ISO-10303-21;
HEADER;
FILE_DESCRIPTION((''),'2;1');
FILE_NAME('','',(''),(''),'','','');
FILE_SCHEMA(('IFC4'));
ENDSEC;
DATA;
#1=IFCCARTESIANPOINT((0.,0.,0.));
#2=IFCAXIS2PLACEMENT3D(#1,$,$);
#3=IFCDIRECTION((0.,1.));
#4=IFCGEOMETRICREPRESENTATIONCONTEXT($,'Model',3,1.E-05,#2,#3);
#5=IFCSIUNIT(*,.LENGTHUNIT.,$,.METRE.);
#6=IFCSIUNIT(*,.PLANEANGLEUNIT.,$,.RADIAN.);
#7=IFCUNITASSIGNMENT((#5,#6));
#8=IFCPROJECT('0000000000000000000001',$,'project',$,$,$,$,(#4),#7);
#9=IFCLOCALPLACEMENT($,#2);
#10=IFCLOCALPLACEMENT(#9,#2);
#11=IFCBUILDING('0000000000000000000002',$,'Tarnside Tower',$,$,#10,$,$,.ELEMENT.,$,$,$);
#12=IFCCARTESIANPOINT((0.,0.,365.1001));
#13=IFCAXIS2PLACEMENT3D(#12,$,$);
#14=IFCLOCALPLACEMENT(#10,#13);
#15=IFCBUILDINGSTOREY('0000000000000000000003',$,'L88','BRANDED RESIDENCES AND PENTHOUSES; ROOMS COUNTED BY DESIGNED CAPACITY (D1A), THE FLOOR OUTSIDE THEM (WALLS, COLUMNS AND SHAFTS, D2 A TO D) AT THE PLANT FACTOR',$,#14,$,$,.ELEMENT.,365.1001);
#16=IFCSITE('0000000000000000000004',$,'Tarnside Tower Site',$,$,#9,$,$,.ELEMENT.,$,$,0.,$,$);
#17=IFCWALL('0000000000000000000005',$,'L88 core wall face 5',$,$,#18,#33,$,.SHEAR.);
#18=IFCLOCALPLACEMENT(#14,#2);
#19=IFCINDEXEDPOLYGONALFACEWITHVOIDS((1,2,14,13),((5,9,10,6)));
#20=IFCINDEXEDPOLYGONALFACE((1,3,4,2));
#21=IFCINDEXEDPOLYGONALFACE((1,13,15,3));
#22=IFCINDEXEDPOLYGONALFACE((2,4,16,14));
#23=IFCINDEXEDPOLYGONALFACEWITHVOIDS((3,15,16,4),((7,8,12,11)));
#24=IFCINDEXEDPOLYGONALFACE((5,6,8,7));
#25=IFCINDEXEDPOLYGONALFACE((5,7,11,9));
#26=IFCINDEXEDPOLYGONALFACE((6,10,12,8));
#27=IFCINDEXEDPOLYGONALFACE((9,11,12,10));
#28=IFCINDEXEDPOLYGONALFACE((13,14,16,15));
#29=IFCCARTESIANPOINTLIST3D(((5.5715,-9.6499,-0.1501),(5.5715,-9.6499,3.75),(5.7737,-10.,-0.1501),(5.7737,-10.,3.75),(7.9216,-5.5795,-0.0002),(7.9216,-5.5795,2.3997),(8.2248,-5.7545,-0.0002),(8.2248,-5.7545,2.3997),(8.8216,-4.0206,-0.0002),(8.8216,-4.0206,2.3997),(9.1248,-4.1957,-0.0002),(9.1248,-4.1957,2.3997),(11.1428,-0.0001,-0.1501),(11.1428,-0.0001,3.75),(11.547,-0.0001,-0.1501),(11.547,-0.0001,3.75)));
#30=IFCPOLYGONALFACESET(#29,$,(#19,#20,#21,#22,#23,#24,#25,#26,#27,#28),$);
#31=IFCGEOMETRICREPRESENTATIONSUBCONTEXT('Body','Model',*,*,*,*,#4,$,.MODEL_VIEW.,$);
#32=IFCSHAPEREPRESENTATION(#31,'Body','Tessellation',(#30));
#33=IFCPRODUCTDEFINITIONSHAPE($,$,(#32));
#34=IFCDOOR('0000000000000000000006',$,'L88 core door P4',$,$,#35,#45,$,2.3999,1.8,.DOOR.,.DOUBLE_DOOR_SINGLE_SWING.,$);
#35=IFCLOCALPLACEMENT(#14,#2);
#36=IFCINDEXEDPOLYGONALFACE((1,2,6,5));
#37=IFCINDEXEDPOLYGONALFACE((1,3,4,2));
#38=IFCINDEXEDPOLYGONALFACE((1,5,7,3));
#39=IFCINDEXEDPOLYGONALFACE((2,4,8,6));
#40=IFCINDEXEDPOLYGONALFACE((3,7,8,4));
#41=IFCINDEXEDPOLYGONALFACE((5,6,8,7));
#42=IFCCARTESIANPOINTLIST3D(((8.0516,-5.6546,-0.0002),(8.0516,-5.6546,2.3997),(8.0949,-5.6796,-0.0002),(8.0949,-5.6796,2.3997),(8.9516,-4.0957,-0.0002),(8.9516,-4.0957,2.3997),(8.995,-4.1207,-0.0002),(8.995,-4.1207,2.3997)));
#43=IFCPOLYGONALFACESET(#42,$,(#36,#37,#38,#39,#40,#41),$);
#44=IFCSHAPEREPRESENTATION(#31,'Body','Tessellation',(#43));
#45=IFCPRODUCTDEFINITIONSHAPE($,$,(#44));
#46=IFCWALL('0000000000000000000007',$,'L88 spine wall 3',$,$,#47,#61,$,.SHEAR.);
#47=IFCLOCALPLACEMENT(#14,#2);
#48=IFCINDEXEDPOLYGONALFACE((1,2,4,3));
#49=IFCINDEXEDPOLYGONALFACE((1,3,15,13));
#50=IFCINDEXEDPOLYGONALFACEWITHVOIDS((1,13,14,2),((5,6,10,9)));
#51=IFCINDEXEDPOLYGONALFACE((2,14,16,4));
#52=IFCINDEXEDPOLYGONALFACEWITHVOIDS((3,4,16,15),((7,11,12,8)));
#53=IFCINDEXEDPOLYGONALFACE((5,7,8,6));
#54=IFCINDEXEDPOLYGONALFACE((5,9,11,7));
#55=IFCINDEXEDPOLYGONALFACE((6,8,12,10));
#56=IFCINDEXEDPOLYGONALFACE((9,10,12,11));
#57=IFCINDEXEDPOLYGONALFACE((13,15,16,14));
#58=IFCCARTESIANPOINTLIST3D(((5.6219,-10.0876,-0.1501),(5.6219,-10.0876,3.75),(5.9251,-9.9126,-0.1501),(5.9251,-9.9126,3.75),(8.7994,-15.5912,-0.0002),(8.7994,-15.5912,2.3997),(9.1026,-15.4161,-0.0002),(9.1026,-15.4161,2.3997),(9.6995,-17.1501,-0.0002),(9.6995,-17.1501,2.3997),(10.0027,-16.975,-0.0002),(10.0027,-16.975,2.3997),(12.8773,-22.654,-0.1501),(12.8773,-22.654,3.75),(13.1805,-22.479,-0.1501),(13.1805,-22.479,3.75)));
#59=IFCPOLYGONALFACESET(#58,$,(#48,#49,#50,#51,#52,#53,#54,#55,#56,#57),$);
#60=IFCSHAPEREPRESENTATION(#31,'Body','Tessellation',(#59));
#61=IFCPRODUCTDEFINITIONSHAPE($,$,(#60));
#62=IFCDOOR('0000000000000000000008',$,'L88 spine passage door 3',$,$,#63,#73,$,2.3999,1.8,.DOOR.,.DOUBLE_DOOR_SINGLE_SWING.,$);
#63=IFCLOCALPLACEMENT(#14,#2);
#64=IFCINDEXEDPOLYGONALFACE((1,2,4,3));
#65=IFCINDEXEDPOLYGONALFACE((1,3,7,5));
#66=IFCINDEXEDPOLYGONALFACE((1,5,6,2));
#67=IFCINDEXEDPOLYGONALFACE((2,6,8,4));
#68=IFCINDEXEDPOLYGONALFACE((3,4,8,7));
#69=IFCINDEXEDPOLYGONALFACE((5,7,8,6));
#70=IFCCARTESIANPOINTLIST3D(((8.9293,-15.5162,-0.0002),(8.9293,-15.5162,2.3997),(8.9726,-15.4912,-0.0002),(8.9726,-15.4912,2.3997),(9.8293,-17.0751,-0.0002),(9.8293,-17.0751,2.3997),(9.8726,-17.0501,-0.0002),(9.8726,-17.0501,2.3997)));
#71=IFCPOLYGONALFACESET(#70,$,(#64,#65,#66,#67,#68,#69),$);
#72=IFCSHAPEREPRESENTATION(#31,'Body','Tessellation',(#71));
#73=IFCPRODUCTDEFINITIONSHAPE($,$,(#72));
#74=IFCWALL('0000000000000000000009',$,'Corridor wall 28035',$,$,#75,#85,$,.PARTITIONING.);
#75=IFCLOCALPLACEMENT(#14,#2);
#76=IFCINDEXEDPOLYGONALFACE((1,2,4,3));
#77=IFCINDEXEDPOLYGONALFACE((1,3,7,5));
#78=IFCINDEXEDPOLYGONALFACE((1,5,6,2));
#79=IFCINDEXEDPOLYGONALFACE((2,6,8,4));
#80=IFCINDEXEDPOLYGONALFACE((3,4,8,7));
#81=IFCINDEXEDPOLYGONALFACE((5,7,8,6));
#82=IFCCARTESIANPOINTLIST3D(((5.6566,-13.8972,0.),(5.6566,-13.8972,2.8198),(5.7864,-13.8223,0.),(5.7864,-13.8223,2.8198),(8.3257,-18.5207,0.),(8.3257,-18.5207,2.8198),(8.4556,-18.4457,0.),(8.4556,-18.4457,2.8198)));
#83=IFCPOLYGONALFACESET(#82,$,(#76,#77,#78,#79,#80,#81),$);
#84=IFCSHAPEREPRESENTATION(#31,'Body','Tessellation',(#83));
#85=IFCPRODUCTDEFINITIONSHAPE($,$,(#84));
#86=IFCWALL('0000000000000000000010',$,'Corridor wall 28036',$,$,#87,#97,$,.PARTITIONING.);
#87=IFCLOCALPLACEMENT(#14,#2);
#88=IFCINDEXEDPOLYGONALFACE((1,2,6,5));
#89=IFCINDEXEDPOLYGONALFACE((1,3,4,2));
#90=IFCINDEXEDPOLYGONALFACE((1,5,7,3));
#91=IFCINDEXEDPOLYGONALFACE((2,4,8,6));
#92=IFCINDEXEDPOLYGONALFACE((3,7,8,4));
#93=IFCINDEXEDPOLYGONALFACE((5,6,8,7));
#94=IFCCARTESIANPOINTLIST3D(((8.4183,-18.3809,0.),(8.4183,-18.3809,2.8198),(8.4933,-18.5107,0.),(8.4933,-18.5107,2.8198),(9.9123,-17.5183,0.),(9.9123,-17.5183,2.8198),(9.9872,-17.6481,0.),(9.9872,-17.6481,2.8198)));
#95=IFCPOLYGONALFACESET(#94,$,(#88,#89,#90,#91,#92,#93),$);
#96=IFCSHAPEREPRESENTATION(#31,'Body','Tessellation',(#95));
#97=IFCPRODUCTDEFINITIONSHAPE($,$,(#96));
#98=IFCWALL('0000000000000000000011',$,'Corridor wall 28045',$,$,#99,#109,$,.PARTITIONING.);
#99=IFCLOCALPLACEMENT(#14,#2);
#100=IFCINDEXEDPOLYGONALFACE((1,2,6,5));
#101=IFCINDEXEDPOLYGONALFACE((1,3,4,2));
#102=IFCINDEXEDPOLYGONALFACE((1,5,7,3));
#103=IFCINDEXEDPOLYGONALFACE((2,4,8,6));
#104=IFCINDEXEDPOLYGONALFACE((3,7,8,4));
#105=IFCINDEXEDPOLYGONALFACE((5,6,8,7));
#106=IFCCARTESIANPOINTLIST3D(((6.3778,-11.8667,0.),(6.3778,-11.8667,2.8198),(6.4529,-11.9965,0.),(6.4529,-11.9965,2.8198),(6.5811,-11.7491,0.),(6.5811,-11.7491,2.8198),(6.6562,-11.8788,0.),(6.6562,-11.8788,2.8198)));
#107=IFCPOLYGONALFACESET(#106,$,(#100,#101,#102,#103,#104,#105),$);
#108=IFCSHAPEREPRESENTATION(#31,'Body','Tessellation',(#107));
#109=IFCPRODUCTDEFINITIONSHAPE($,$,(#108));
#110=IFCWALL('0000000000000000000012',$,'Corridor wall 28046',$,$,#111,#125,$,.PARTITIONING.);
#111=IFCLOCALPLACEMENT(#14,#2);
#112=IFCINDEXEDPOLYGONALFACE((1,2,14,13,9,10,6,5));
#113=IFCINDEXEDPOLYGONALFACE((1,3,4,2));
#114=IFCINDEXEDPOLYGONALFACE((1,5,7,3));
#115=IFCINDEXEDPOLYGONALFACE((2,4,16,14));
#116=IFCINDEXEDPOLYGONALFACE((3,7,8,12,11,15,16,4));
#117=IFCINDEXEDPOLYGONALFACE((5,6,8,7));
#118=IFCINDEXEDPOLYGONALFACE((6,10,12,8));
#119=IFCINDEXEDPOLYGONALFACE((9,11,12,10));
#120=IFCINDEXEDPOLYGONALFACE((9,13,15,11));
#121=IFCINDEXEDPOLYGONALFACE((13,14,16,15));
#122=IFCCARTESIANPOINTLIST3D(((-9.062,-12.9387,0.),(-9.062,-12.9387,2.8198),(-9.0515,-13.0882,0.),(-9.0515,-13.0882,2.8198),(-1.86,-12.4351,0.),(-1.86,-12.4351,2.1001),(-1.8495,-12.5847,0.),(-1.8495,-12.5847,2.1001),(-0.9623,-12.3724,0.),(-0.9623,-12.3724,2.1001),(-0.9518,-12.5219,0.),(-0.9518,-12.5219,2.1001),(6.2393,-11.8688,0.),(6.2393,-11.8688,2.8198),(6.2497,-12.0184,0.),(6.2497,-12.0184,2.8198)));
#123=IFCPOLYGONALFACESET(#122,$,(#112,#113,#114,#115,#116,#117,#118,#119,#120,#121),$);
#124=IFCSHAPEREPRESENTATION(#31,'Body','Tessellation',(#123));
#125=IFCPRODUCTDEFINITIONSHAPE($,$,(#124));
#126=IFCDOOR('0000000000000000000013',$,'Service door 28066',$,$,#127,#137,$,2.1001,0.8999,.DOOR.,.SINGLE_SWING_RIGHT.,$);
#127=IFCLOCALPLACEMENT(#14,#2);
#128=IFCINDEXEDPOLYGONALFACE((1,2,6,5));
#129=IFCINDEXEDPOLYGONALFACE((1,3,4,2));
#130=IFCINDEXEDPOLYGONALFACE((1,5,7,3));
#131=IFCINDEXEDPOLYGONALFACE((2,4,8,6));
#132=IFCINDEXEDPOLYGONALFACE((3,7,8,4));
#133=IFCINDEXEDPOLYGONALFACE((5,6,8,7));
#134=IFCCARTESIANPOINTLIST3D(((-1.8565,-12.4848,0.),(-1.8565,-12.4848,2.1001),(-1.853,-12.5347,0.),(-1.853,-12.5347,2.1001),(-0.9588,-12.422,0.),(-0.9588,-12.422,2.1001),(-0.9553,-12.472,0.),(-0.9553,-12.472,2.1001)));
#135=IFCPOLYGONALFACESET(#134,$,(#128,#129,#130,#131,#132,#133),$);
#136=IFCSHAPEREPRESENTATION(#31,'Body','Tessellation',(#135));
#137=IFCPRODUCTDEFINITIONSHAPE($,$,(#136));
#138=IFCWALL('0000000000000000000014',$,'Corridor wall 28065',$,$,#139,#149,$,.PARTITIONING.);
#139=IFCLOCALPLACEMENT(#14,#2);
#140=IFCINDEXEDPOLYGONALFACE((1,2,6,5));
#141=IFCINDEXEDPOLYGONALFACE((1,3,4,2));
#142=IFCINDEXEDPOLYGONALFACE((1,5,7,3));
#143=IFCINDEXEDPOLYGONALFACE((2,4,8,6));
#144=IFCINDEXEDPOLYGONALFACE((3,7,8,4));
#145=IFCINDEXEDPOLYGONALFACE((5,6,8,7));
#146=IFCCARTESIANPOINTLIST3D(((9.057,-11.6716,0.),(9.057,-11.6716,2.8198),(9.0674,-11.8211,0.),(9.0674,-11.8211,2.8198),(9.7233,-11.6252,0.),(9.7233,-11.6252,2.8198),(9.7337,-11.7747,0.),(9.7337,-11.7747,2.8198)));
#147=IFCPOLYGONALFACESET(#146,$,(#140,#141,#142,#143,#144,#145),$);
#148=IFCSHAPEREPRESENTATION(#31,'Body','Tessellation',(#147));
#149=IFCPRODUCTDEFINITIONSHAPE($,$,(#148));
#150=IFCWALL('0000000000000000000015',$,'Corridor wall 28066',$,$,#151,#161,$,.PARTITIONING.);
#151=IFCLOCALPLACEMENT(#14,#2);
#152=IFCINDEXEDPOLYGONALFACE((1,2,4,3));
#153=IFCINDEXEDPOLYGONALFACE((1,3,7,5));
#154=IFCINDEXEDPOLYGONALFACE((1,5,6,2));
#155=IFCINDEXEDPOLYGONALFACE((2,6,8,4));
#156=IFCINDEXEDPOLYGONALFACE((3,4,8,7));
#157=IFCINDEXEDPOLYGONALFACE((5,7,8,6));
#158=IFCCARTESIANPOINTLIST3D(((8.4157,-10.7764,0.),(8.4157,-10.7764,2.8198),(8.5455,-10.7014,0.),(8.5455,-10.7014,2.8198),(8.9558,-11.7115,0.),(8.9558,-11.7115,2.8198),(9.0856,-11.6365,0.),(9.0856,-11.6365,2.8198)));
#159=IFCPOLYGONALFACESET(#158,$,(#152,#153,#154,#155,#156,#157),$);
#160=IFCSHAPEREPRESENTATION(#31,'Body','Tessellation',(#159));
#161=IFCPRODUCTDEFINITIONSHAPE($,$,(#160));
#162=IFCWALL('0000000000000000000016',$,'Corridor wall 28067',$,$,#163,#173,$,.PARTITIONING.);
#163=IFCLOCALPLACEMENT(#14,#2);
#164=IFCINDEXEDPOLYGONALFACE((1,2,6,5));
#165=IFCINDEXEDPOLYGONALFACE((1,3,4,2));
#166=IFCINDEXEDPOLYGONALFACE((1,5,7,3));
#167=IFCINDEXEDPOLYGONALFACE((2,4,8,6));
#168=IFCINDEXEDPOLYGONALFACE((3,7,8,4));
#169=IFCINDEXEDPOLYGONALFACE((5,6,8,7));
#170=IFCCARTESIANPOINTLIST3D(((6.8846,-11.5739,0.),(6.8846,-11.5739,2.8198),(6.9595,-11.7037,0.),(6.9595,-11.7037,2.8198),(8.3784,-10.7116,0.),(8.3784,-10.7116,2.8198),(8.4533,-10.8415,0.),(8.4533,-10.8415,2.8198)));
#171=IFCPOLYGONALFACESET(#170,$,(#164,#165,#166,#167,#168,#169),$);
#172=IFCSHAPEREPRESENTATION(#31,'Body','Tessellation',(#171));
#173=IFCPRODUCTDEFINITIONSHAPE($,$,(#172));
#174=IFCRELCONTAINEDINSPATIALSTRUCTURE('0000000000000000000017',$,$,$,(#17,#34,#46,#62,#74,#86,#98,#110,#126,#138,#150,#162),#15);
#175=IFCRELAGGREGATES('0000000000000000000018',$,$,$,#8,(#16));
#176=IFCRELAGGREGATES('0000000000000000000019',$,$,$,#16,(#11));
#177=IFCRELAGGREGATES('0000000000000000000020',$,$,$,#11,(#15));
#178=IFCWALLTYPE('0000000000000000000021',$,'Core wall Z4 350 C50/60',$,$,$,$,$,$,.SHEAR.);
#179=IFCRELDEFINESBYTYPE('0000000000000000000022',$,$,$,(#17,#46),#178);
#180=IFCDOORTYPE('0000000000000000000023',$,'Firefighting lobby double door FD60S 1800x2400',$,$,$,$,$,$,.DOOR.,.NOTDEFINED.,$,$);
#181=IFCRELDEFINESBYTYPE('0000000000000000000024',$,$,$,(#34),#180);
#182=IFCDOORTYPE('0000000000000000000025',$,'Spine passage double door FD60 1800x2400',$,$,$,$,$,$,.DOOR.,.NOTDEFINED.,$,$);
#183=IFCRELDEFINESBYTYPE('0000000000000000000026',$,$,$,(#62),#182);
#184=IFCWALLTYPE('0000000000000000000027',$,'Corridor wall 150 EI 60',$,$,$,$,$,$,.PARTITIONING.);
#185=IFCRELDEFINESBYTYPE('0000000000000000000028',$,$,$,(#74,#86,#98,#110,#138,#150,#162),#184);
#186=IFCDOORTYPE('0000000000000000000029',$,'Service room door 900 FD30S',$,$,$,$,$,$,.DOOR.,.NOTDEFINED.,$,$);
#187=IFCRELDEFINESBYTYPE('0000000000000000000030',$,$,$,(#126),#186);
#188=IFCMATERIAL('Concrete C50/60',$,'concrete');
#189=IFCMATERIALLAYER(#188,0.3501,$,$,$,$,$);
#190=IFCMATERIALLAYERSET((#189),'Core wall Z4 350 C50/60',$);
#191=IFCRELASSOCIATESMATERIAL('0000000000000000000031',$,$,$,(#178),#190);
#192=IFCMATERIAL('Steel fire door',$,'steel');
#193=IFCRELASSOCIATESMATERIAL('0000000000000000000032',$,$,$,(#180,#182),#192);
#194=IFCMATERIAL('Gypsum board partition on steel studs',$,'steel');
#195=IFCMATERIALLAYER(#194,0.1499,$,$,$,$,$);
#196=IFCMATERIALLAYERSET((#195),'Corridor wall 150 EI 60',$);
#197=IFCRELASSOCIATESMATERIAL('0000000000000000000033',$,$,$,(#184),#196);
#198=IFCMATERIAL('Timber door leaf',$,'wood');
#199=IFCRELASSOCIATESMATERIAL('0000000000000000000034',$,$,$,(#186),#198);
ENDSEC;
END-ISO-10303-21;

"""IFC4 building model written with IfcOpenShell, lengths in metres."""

from ifc_helpers import new_model, si_unit, direction, frame, frame_2d, origin, place, context, subcontext, project, spatial, polyline, rectangle, outline, extrude, material, layer, layer_set, type_object, element, fill, save


model = new_model("IFC4")

# Units and contexts
model_context = context("Model", 3, precision=1e-05, world=origin(), true_north=direction((0.0, 1.0)))
body_context = subcontext(model_context, "Body", "Model", "MODEL_VIEW")
ifc_project = project(units=[si_unit("LENGTHUNIT", "METRE"), si_unit("PLANEANGLEUNIT", "RADIAN")], contexts=[model_context])

# Site, building, storey
site_placement = place(None, origin())
site = spatial("IfcSite", under=ifc_project, at=site_placement, Name="Tarnside Tower Site", CompositionType="ELEMENT", RefElevation=0.0)
building_placement = place(site_placement, origin())
building = spatial("IfcBuilding", under=site, at=building_placement, Name="Tarnside Tower", CompositionType="ELEMENT")
storey_placement = place(building_placement, frame((0.0, 0.0, 365.1001)))
storey = spatial("IfcBuildingStorey", under=building, at=storey_placement, Name="L88", Description="BRANDED RESIDENCES AND PENTHOUSES; ROOMS COUNTED BY DESIGNED CAPACITY (D1A), THE FLOOR OUTSIDE THEM (WALLS, COLUMNS AND SHAFTS, D2 A TO D) AT THE PLANT FACTOR", CompositionType="ELEMENT", Elevation=365.1001)

# Shared definitions
ifc_material_1 = material(Name="Gypsum board partition on steel studs", Category="steel")

# Walls, openings, doors
ifc_material_2 = material(Name="Concrete C50/60", Category="concrete")
ifc_layer_1 = layer(ifc_material_2, 0.3501)
ifc_layer_set_1 = layer_set([ifc_layer_1], Name="Core wall Z4 350 C50/60")
wall_type_1 = type_object("IfcWallType", Name="Core wall Z4 350 C50/60", PredefinedType="SHEAR", material=ifc_layer_set_1)
wall_1_placement = place(storey_placement, frame((5.6726, -9.825, -0.1501), z_axis=(0.0, 0.0, 1.0), x_axis=(0.499995, 0.866028, 0.0)))
wall_1 = element("IfcWall", 1, at=wall_1_placement, inside=storey, type_object=wall_type_1, Name="L88 core wall face 5", PredefinedType="SHEAR", context=body_context, shape_type="SweptSolid", body=[
    extrude(outline(polyline([(-0.1011, -0.175), (11.4458, -0.175), (11.2437, 0.175), (0.1011, 0.175), (-0.1011, -0.175)])), origin(), (0.0, 0.0, 1.0), 3.9001),
])
opening_1_placement = place(wall_1_placement, frame((4.8013, 0.0, 0.1499)))
opening_1 = element("IfcOpeningElement", 2, at=opening_1_placement, cuts=wall_1, PredefinedType="OPENING", context=body_context, shape_type="SweptSolid", body=[
    extrude(rectangle(XDim=1.8, YDim=2.3999, at=frame_2d((0.8999, 1.2))), frame((0.0, 0.1851, 0.0), z_axis=(0.0, -1.0, 0.0), x_axis=(1.0, 0.0, 0.0)), (0.0, 0.0, 1.0), 0.3701),
])
ifc_material_3 = material(Name="Steel fire door", Category="steel")
door_type_1 = type_object("IfcDoorType", Name="Firefighting lobby double door FD60S 1800x2400", OperationType="NOTDEFINED", PredefinedType="DOOR", material=ifc_material_3)
door_1_placement = place(opening_1_placement, origin())
door_1 = element("IfcDoor", 3, at=door_1_placement, inside=storey, type_object=door_type_1, Name="L88 core door P4", OperationType="DOUBLE_DOOR_SINGLE_SWING", OverallHeight=2.3999, OverallWidth=1.8, PredefinedType="DOOR", context=body_context, shape_type="SweptSolid", body=[
    extrude(rectangle(XDim=1.8, YDim=2.3999, at=frame_2d((0.8999, 1.2))), frame((0.0, 0.0249, 0.0), z_axis=(0.0, -1.0, 0.0), x_axis=(1.0, 0.0, 0.0)), (0.0, 0.0, 1.0), 0.05),
])
fill(opening_1, door_1)
wall_2_placement = place(storey_placement, frame((5.7734, -10.0, -0.1501), z_axis=(0.0, 0.0, 1.0), x_axis=(0.500008, -0.866021, 0.0)))
wall_2 = element("IfcWall", 4, at=wall_2_placement, inside=storey, type_object=wall_type_1, Name="L88 spine wall 3", PredefinedType="SHEAR", context=body_context, shape_type="SweptSolid", body=[
    extrude(rectangle(XDim=14.5105, YDim=0.3501, at=frame_2d((7.2554, 0.0))), origin(), (0.0, 0.0, 1.0), 3.9001),
])
opening_2_placement = place(wall_2_placement, frame((6.3552, 0.0, 0.1499)))
opening_2 = element("IfcOpeningElement", 5, at=opening_2_placement, cuts=wall_2, PredefinedType="OPENING", context=body_context, shape_type="SweptSolid", body=[
    extrude(rectangle(XDim=1.8, YDim=2.3999, at=frame_2d((0.8999, 1.2))), frame((0.0, 0.1851, 0.0), z_axis=(0.0, -1.0, 0.0), x_axis=(1.0, 0.0, 0.0)), (0.0, 0.0, 1.0), 0.3701),
])
door_type_2 = type_object("IfcDoorType", Name="Spine passage double door FD60 1800x2400", OperationType="NOTDEFINED", PredefinedType="DOOR", material=ifc_material_3)
door_2_placement = place(opening_2_placement, origin())
door_2 = element("IfcDoor", 6, at=door_2_placement, inside=storey, type_object=door_type_2, Name="L88 spine passage door 3", OperationType="DOUBLE_DOOR_SINGLE_SWING", OverallHeight=2.3999, OverallWidth=1.8, PredefinedType="DOOR", context=body_context, shape_type="SweptSolid", body=[
    extrude(rectangle(XDim=1.8, YDim=2.3999, at=frame_2d((0.8999, 1.2))), frame((0.0, 0.0249, 0.0), z_axis=(0.0, -1.0, 0.0), x_axis=(1.0, 0.0, 0.0)), (0.0, 0.0, 1.0), 0.05),
])
fill(opening_2, door_2)

# Walls
ifc_layer_2 = layer(ifc_material_1, 0.1499)
ifc_layer_set_2 = layer_set([ifc_layer_2], Name="Corridor wall 150 EI 60")
wall_type_2 = type_object("IfcWallType", Name="Corridor wall 150 EI 60", PredefinedType="PARTITIONING", material=ifc_layer_set_2)
wall_3_placement = place(storey_placement, frame((5.7214, -13.8596, 0.0), z_axis=(0.0, 0.0, 1.0), x_axis=(0.499971, -0.866042, 0.0)))
element("IfcWall", 7, at=wall_3_placement, inside=storey, type_object=wall_type_2, Name="Corridor wall 28035", PredefinedType="PARTITIONING", context=body_context, shape_type="SweptSolid", body=[
    extrude(rectangle(XDim=5.3386, YDim=0.1499, at=frame_2d((2.6694, 0.0))), origin(), (0.0, 0.0, 1.0), 2.8198),
])
wall_4_placement = place(storey_placement, frame((8.4558, -18.4458, 0.0), z_axis=(0.0, 0.0, 1.0), x_axis=(0.866014, 0.500021, 0.0)))
element("IfcWall", 8, at=wall_4_placement, inside=storey, type_object=wall_type_2, Name="Corridor wall 28036", PredefinedType="PARTITIONING", context=body_context, shape_type="SweptSolid", body=[
    extrude(rectangle(XDim=1.7251, YDim=0.1499, at=frame_2d((0.8625, 0.0))), origin(), (0.0, 0.0, 1.0), 2.8198),
])
wall_5_placement = place(storey_placement, frame((6.6187, -11.814, 0.0), z_axis=(0.0, 0.0, 1.0), x_axis=(-0.865545, -0.500831, 0.0)))
element("IfcWall", 9, at=wall_5_placement, inside=storey, type_object=wall_type_2, Name="Corridor wall 28045", PredefinedType="PARTITIONING", context=body_context, shape_type="SweptSolid", body=[
    extrude(rectangle(XDim=0.2349, YDim=0.1499, at=frame_2d((0.1174, 0.0))), origin(), (0.0, 0.0, 1.0), 2.8198),
])

# Wall, opening, door
wall_6_placement = place(storey_placement, frame((6.2446, -11.9436, 0.0), z_axis=(0.0, 0.0, 1.0), x_axis=(-0.997565, -0.069747, 0.0)))
wall_6 = element("IfcWall", 10, at=wall_6_placement, inside=storey, type_object=wall_type_2, Name="Corridor wall 28046", PredefinedType="PARTITIONING", context=body_context, shape_type="SweptSolid", body=[
    extrude(rectangle(XDim=15.3386, YDim=0.1499, at=frame_2d((7.6694, 0.0))), origin(), (0.0, 0.0, 1.0), 2.8198),
])
opening_3_placement = place(wall_6_placement, frame((7.2192, 0.0, 0.0)))
opening_3 = element("IfcOpeningElement", 11, at=opening_3_placement, cuts=wall_6, PredefinedType="OPENING", context=body_context, shape_type="SweptSolid", body=[
    extrude(rectangle(XDim=0.8999, YDim=2.1001, at=frame_2d((0.45, 1.05))), frame((0.0, 0.085, 0.0), z_axis=(0.0, -1.0, 0.0), x_axis=(1.0, 0.0, 0.0)), (0.0, 0.0, 1.0), 0.1699),
])
ifc_material_4 = material(Name="Timber door leaf", Category="wood")
door_type_3 = type_object("IfcDoorType", Name="Service room door 900 FD30S", OperationType="NOTDEFINED", PredefinedType="DOOR", material=ifc_material_4)
door_3_placement = place(opening_3_placement, origin())
door_3 = element("IfcDoor", 12, at=door_3_placement, inside=storey, type_object=door_type_3, Name="Service door 28066", OperationType="SINGLE_SWING_RIGHT", OverallHeight=2.1001, OverallWidth=0.8999, PredefinedType="DOOR", context=body_context, shape_type="SweptSolid", body=[
    extrude(rectangle(XDim=0.8999, YDim=2.1001, at=frame_2d((0.45, 1.05))), frame((0.0, 0.0249, 0.0), z_axis=(0.0, -1.0, 0.0), x_axis=(1.0, 0.0, 0.0)), (0.0, 0.0, 1.0), 0.05),
])
fill(opening_3, door_3)

# Walls
wall_7_placement = place(storey_placement, frame((9.7285, -11.7, 0.0), z_axis=(0.0, 0.0, 1.0), x_axis=(-0.997585, -0.069454, 0.0)))
element("IfcWall", 13, at=wall_7_placement, inside=storey, type_object=wall_type_2, Name="Corridor wall 28065", PredefinedType="PARTITIONING", context=body_context, shape_type="SweptSolid", body=[
    extrude(rectangle(XDim=0.668, YDim=0.1499, at=frame_2d((0.334, 0.0))), origin(), (0.0, 0.0, 1.0), 2.8198),
])
wall_8_placement = place(storey_placement, frame((9.0208, -11.6741, 0.0), z_axis=(0.0, 0.0, 1.0), x_axis=(-0.500127, 0.865952, 0.0)))
element("IfcWall", 14, at=wall_8_placement, inside=storey, type_object=wall_type_2, Name="Corridor wall 28066", PredefinedType="PARTITIONING", context=body_context, shape_type="SweptSolid", body=[
    extrude(rectangle(XDim=1.0798, YDim=0.1499, at=frame_2d((0.54, 0.0))), origin(), (0.0, 0.0, 1.0), 2.8198),
])
wall_9_placement = place(storey_placement, frame((8.4158, -10.7766, 0.0), z_axis=(0.0, 0.0, 1.0), x_axis=(-0.866075, -0.499914, 0.0)))
element("IfcWall", 15, at=wall_9_placement, inside=storey, type_object=wall_type_2, Name="Corridor wall 28067", PredefinedType="PARTITIONING", context=body_context, shape_type="SweptSolid", body=[
    extrude(rectangle(XDim=1.7249, YDim=0.1499, at=frame_2d((0.8623, 0.0))), origin(), (0.0, 0.0, 1.0), 2.8198),
])

save(model, "model.ifc")
